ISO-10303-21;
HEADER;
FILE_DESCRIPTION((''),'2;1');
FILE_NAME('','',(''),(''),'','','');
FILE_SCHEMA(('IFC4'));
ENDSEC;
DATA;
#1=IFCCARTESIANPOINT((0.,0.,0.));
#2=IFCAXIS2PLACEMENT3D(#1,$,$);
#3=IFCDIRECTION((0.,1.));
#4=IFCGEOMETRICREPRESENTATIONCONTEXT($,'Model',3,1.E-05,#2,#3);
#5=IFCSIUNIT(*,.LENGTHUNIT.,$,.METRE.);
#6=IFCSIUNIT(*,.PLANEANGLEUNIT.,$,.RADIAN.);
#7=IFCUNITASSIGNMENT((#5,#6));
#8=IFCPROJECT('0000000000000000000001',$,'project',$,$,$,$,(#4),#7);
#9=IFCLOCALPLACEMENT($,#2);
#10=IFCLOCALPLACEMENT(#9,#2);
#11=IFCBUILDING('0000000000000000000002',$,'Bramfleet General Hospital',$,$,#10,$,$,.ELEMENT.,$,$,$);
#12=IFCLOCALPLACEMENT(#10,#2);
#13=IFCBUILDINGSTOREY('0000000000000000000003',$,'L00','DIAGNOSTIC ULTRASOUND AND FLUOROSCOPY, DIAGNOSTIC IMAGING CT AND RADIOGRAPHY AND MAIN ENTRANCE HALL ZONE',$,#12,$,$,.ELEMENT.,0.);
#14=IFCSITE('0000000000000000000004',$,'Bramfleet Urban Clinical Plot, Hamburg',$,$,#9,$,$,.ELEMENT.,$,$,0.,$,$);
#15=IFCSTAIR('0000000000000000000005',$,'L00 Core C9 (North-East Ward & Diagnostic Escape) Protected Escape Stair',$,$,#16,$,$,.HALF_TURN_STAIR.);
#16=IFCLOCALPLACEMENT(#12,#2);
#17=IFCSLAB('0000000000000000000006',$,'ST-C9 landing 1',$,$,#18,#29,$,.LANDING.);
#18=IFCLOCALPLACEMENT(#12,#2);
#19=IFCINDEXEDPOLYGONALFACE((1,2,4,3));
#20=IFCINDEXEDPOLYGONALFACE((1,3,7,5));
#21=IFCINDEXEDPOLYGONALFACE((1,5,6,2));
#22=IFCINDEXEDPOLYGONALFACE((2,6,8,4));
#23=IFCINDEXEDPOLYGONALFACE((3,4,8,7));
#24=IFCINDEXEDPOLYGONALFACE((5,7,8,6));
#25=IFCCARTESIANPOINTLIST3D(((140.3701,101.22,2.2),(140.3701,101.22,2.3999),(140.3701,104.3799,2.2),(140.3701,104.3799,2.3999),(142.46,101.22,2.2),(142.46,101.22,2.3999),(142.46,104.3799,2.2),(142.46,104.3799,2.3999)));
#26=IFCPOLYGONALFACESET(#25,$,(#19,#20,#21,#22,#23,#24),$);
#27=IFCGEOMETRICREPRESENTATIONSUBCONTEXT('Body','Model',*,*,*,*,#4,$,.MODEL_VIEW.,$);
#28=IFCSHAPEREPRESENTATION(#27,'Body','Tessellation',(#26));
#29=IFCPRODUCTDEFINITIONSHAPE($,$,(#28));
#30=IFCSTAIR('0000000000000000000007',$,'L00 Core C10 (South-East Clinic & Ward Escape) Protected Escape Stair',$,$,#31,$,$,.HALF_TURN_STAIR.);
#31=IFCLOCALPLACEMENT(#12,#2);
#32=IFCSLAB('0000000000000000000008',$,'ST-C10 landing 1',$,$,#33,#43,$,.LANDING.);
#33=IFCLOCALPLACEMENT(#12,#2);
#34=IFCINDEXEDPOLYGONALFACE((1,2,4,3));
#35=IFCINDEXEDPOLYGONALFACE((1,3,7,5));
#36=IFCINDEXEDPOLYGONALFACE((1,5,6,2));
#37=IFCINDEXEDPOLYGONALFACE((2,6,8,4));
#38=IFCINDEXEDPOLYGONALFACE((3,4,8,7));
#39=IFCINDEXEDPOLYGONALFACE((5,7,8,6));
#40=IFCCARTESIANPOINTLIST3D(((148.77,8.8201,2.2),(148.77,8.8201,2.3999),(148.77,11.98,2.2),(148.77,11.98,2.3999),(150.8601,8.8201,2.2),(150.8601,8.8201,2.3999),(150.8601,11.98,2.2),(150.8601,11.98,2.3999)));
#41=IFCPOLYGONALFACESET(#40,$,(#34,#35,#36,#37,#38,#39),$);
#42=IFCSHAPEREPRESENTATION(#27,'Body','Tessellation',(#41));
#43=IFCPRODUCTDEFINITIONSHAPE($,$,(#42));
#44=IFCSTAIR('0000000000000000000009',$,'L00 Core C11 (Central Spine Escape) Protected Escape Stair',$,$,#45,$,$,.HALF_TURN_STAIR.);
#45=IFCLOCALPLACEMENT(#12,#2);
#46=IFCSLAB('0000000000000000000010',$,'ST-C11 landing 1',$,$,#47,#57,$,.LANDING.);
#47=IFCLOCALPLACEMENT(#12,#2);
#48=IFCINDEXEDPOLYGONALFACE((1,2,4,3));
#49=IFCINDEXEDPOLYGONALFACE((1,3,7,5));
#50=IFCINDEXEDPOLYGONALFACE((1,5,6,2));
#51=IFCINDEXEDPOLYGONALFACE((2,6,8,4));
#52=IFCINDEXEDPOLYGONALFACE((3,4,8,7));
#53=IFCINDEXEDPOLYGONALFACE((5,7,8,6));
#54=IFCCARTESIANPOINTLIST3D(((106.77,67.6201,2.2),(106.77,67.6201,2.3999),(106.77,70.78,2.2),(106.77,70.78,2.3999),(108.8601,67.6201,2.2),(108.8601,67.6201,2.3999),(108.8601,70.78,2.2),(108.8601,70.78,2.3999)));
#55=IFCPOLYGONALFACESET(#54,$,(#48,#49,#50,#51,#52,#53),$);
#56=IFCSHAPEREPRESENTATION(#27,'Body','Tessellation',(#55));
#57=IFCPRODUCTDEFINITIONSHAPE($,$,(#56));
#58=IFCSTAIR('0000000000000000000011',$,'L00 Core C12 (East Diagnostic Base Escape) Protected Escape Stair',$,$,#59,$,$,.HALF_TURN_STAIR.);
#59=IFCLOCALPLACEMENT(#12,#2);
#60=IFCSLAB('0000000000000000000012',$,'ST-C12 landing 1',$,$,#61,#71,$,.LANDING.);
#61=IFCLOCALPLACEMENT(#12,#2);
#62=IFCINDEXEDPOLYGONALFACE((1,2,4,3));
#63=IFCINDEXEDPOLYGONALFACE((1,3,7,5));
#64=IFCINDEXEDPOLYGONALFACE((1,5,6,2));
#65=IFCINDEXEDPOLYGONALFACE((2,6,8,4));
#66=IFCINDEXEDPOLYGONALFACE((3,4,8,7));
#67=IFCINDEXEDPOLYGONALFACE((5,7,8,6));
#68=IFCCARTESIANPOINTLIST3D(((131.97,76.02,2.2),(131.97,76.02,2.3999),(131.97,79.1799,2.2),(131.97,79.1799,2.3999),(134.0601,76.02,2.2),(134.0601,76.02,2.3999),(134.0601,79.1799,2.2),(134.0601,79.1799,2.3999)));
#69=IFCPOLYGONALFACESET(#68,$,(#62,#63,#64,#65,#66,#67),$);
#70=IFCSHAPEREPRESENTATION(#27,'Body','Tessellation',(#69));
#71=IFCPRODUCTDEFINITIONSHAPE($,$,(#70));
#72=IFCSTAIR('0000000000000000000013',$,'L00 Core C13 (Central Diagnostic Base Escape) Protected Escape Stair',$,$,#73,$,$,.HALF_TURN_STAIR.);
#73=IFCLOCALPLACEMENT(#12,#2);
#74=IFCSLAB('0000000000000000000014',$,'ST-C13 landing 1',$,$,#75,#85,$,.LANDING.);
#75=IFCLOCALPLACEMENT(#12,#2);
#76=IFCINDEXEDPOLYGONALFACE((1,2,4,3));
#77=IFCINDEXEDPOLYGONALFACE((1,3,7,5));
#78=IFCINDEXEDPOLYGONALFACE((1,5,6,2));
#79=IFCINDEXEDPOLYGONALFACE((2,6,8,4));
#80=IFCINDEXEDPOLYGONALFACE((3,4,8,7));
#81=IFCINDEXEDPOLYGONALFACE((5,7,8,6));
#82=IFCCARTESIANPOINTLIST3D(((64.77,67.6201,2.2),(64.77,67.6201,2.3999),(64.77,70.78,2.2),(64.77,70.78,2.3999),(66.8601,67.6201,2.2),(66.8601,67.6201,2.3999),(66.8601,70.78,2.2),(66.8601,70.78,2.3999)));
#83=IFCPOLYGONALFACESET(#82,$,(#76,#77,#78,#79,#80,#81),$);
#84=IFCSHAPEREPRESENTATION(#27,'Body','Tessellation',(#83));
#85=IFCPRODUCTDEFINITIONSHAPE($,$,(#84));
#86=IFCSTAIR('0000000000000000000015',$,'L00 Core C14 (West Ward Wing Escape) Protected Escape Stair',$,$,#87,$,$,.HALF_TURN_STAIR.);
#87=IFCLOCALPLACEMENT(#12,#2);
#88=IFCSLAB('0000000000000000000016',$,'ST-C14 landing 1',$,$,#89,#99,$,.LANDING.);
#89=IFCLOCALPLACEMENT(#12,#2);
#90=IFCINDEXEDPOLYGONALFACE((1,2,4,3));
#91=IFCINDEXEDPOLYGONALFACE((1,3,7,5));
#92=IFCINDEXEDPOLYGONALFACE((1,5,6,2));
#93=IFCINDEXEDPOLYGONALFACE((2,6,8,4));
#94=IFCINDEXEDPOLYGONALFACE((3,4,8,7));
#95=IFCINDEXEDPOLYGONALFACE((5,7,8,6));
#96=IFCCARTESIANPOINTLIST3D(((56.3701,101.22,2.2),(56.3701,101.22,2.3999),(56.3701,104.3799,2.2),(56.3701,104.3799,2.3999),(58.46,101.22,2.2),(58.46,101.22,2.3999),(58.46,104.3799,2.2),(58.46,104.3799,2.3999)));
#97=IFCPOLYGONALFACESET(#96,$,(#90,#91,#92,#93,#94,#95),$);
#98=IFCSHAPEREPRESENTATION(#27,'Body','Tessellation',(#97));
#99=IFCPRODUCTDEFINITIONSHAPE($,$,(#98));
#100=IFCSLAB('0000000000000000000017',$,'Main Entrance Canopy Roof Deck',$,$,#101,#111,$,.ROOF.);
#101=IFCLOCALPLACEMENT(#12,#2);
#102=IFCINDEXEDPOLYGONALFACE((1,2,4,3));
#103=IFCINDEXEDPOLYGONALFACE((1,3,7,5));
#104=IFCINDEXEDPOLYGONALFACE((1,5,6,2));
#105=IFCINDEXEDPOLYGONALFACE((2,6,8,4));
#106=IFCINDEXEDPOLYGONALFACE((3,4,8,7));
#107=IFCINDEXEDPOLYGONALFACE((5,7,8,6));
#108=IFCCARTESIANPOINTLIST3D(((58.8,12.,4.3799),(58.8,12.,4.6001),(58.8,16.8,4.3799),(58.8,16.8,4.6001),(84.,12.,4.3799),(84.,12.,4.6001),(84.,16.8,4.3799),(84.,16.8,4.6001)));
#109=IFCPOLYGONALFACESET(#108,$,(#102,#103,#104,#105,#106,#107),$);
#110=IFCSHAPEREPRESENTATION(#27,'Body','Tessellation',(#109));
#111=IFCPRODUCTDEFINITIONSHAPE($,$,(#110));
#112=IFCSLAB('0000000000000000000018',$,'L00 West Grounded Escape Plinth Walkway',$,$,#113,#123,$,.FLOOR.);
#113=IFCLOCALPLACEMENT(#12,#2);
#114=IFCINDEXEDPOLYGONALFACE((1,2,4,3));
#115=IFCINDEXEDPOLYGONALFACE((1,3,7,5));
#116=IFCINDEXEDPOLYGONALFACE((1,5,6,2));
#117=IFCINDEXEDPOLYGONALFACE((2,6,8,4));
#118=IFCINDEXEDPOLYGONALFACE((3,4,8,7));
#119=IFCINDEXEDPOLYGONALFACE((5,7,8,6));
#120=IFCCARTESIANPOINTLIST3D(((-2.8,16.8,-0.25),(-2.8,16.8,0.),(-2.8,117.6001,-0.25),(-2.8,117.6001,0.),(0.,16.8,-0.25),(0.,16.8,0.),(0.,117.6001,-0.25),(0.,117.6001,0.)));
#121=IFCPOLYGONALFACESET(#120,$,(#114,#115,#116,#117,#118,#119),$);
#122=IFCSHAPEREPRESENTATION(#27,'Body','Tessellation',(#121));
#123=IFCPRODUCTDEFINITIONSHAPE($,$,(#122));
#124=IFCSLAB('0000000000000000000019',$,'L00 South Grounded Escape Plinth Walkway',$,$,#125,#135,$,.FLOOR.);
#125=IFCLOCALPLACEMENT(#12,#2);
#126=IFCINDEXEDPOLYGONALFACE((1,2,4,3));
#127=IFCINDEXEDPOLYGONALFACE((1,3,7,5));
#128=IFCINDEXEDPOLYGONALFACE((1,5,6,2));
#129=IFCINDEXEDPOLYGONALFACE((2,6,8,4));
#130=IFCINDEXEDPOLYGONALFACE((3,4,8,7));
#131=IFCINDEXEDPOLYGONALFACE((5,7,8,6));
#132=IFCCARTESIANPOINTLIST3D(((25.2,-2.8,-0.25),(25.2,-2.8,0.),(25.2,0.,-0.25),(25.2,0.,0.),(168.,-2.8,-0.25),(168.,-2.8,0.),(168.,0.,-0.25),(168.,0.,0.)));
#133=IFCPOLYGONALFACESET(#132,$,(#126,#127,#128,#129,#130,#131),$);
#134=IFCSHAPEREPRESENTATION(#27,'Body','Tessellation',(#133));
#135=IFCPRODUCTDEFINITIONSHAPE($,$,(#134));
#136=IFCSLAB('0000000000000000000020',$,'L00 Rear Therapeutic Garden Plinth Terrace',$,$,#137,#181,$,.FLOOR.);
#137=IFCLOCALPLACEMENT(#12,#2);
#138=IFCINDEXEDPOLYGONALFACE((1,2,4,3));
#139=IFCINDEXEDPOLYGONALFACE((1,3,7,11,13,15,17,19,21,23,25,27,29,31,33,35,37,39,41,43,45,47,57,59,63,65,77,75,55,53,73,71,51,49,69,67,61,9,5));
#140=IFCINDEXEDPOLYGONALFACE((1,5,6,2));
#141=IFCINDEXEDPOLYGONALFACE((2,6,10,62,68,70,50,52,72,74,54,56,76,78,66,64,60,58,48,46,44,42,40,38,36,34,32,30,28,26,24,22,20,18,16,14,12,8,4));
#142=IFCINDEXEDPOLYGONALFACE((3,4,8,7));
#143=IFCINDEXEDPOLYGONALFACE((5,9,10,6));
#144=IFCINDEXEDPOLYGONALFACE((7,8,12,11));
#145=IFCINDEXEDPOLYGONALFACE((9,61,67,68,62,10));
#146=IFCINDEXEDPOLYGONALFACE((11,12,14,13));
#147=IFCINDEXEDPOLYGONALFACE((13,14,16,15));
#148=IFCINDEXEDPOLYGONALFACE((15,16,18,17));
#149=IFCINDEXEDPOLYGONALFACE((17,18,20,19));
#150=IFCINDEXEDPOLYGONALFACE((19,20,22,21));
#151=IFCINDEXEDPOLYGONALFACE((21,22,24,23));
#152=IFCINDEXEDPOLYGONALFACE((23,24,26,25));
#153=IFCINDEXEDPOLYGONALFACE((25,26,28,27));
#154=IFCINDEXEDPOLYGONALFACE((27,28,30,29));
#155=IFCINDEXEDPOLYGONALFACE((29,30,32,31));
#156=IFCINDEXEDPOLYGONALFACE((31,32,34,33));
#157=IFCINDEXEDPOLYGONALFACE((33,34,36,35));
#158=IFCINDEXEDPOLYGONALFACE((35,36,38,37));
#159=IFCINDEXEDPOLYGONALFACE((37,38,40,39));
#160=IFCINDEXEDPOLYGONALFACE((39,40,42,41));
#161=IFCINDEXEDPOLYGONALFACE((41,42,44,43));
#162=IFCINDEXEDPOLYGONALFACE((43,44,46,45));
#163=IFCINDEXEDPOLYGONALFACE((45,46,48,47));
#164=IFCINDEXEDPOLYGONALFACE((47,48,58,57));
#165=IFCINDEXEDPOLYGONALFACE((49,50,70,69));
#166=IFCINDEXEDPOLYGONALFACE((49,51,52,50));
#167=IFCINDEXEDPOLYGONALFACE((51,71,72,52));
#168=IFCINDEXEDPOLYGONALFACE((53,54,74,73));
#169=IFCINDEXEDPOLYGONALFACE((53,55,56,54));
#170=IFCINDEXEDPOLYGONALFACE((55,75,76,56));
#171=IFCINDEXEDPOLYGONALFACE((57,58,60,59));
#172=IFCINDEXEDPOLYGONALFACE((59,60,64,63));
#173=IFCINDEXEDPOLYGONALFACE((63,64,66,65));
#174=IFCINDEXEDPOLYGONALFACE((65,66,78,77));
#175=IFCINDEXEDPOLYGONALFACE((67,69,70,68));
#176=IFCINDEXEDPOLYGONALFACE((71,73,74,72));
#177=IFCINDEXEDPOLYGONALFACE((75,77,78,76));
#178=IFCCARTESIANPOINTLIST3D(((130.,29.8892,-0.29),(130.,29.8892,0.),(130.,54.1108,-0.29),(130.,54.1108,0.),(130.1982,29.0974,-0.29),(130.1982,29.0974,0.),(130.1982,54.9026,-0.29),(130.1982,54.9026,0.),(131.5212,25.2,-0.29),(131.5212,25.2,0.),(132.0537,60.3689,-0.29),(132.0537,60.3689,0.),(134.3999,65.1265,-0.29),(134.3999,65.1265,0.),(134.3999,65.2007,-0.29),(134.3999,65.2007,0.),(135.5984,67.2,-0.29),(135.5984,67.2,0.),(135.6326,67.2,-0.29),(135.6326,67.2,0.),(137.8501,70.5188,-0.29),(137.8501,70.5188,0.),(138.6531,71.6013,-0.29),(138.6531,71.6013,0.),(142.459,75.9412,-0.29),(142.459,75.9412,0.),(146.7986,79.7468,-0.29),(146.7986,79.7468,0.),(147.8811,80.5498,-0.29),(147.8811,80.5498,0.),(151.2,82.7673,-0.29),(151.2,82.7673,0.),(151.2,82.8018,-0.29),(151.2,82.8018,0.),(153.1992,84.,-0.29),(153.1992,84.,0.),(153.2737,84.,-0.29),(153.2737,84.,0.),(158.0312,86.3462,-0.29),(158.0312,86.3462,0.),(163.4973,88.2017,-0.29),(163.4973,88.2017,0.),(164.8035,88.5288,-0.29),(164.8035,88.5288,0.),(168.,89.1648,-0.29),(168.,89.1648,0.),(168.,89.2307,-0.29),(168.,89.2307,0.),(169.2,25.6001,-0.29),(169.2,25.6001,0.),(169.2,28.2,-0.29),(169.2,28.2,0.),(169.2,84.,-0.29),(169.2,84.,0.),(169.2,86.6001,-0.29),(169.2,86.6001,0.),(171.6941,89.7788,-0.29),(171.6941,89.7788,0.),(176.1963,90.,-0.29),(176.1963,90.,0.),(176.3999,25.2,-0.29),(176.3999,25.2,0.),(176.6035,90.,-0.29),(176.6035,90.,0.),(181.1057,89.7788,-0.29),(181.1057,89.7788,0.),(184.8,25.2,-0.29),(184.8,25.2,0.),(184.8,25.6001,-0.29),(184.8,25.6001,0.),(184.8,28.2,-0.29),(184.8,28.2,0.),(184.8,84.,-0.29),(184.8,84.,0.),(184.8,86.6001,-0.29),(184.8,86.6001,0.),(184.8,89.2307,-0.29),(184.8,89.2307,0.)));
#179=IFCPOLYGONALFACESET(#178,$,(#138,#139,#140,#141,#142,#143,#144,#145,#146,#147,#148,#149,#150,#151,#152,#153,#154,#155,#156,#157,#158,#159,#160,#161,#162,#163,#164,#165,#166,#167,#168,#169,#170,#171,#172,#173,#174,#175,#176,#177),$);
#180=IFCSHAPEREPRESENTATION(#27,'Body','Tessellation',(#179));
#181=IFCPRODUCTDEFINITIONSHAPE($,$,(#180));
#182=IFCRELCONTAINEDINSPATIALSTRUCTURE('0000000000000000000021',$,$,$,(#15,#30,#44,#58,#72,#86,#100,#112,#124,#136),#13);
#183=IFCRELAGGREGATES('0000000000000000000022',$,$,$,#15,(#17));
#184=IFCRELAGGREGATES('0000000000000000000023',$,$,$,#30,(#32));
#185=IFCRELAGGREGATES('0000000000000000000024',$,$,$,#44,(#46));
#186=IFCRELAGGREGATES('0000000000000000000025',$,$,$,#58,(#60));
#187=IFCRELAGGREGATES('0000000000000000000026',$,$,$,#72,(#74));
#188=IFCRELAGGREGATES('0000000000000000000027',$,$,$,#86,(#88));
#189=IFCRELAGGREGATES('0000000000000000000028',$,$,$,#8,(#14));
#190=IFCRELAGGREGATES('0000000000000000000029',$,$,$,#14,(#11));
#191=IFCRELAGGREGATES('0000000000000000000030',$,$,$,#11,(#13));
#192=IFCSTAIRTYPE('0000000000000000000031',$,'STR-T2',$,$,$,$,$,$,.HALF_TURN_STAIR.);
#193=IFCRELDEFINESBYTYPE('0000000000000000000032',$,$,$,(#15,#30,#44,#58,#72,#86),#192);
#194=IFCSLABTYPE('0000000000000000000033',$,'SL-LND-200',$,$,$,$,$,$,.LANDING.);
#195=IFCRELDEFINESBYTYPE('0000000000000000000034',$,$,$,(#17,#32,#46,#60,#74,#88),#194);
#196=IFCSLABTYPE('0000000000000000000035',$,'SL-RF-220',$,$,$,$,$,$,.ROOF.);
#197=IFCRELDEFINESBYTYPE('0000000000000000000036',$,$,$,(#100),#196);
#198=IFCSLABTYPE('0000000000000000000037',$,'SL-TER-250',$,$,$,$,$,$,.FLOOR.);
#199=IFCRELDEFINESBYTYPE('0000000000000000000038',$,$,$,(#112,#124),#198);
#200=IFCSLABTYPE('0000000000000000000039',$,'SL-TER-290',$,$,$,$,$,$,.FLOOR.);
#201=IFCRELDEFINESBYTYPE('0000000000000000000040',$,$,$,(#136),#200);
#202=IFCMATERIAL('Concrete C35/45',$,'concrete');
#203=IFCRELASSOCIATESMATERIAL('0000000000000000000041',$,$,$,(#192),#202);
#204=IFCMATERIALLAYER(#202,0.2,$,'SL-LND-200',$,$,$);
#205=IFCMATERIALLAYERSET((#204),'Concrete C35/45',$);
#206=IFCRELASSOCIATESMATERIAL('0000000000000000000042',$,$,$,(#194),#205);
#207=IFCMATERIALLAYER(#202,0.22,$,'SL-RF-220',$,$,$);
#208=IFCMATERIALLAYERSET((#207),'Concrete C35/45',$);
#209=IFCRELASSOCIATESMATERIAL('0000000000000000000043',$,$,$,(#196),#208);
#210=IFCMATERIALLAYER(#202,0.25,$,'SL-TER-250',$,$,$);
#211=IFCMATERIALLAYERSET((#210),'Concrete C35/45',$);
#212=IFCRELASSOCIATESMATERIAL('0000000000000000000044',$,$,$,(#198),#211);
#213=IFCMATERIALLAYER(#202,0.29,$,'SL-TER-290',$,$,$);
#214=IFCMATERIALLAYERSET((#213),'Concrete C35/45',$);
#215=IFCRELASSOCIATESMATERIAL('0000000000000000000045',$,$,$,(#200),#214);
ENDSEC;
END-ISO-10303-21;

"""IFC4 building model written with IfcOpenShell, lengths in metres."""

from ifc_helpers import new_model, si_unit, direction, frame, origin, place, context, subcontext, project, spatial, polyline, outline, extrude, material, layer, layer_set, type_object, element, aggregate, save


model = new_model("IFC4")

# Units and contexts
model_context = context("Model", 3, precision=1e-05, world=origin(), true_north=direction((0.0, 1.0)))
body_context = subcontext(model_context, "Body", "Model", "MODEL_VIEW")
ifc_project = project(units=[si_unit("LENGTHUNIT", "METRE"), si_unit("PLANEANGLEUNIT", "RADIAN")], contexts=[model_context])

# Site, building, storey
site_placement = place(None, origin())
site = spatial("IfcSite", under=ifc_project, at=site_placement, Name="Bramfleet Urban Clinical Plot, Hamburg", CompositionType="ELEMENT", RefElevation=0.0)
building_placement = place(site_placement, origin())
building = spatial("IfcBuilding", under=site, at=building_placement, Name="Bramfleet General Hospital", CompositionType="ELEMENT")
storey_placement = place(building_placement, origin())
storey = spatial("IfcBuildingStorey", under=building, at=storey_placement, Name="L00", Description="DIAGNOSTIC ULTRASOUND AND FLUOROSCOPY, DIAGNOSTIC IMAGING CT AND RADIOGRAPHY AND MAIN ENTRANCE HALL ZONE", CompositionType="ELEMENT", Elevation=0.0)

# Shared definitions
ifc_material_1 = material(Name="Concrete C35/45", Category="concrete")

# Stairs, slabs
stair_type = type_object("IfcStairType", Name="STR-T2", PredefinedType="HALF_TURN_STAIR", material=ifc_material_1)
ifc_layer_1 = layer(ifc_material_1, 0.2, Name="SL-LND-200")
ifc_layer_set_1 = layer_set([ifc_layer_1], Name="Concrete C35/45")
slab_type_1 = type_object("IfcSlabType", Name="SL-LND-200", PredefinedType="LANDING", material=ifc_layer_set_1)
stair_1_placement = place(storey_placement, origin())
stair_1 = element("IfcStair", 1, at=stair_1_placement, inside=storey, type_object=stair_type, Name="L00 Core C9 (North-East Ward & Diagnostic Escape) Protected Escape Stair", PredefinedType="HALF_TURN_STAIR")
slab_1_placement = place(storey_placement, frame((0.0, 0.0, 2.2)))
slab_1 = element("IfcSlab", 2, at=slab_1_placement, type_object=slab_type_1, Name="ST-C9 landing 1", PredefinedType="LANDING", context=body_context, shape_type="SweptSolid", body=[
    extrude(outline(polyline([(140.3701, 101.22), (142.46, 101.22), (142.46, 104.3799), (140.3701, 104.3799), (140.3701, 101.22)])), origin(), (0.0, 0.0, 1.0), 0.2),
])
aggregate(stair_1, [slab_1])
stair_2_placement = place(storey_placement, origin())
stair_2 = element("IfcStair", 3, at=stair_2_placement, inside=storey, type_object=stair_type, Name="L00 Core C10 (South-East Clinic & Ward Escape) Protected Escape Stair", PredefinedType="HALF_TURN_STAIR")
slab_2_placement = place(storey_placement, frame((0.0, 0.0, 2.2)))
slab_2 = element("IfcSlab", 4, at=slab_2_placement, type_object=slab_type_1, Name="ST-C10 landing 1", PredefinedType="LANDING", context=body_context, shape_type="SweptSolid", body=[
    extrude(outline(polyline([(148.77, 8.8201), (150.8601, 8.8201), (150.8601, 11.98), (148.77, 11.98), (148.77, 8.8201)])), origin(), (0.0, 0.0, 1.0), 0.2),
])
aggregate(stair_2, [slab_2])
stair_3_placement = place(storey_placement, origin())
stair_3 = element("IfcStair", 5, at=stair_3_placement, inside=storey, type_object=stair_type, Name="L00 Core C11 (Central Spine Escape) Protected Escape Stair", PredefinedType="HALF_TURN_STAIR")
slab_3_placement = place(storey_placement, frame((0.0, 0.0, 2.2)))
slab_3 = element("IfcSlab", 6, at=slab_3_placement, type_object=slab_type_1, Name="ST-C11 landing 1", PredefinedType="LANDING", context=body_context, shape_type="SweptSolid", body=[
    extrude(outline(polyline([(106.77, 67.6201), (108.8601, 67.6201), (108.8601, 70.78), (106.77, 70.78), (106.77, 67.6201)])), origin(), (0.0, 0.0, 1.0), 0.2),
])
aggregate(stair_3, [slab_3])
stair_4_placement = place(storey_placement, origin())
stair_4 = element("IfcStair", 7, at=stair_4_placement, inside=storey, type_object=stair_type, Name="L00 Core C12 (East Diagnostic Base Escape) Protected Escape Stair", PredefinedType="HALF_TURN_STAIR")
slab_4_placement = place(storey_placement, frame((0.0, 0.0, 2.2)))
slab_4 = element("IfcSlab", 8, at=slab_4_placement, type_object=slab_type_1, Name="ST-C12 landing 1", PredefinedType="LANDING", context=body_context, shape_type="SweptSolid", body=[
    extrude(outline(polyline([(131.97, 76.02), (134.0601, 76.02), (134.0601, 79.1799), (131.97, 79.1799), (131.97, 76.02)])), origin(), (0.0, 0.0, 1.0), 0.2),
])
aggregate(stair_4, [slab_4])
stair_5_placement = place(storey_placement, origin())
stair_5 = element("IfcStair", 9, at=stair_5_placement, inside=storey, type_object=stair_type, Name="L00 Core C13 (Central Diagnostic Base Escape) Protected Escape Stair", PredefinedType="HALF_TURN_STAIR")
slab_5_placement = place(storey_placement, frame((0.0, 0.0, 2.2)))
slab_5 = element("IfcSlab", 10, at=slab_5_placement, type_object=slab_type_1, Name="ST-C13 landing 1", PredefinedType="LANDING", context=body_context, shape_type="SweptSolid", body=[
    extrude(outline(polyline([(64.77, 67.6201), (66.8601, 67.6201), (66.8601, 70.78), (64.77, 70.78), (64.77, 67.6201)])), origin(), (0.0, 0.0, 1.0), 0.2),
])
aggregate(stair_5, [slab_5])
stair_6_placement = place(storey_placement, origin())
stair_6 = element("IfcStair", 11, at=stair_6_placement, inside=storey, type_object=stair_type, Name="L00 Core C14 (West Ward Wing Escape) Protected Escape Stair", PredefinedType="HALF_TURN_STAIR")
slab_6_placement = place(storey_placement, frame((0.0, 0.0, 2.2)))
slab_6 = element("IfcSlab", 12, at=slab_6_placement, type_object=slab_type_1, Name="ST-C14 landing 1", PredefinedType="LANDING", context=body_context, shape_type="SweptSolid", body=[
    extrude(outline(polyline([(56.3701, 101.22), (58.46, 101.22), (58.46, 104.3799), (56.3701, 104.3799), (56.3701, 101.22)])), origin(), (0.0, 0.0, 1.0), 0.2),
])
aggregate(stair_6, [slab_6])

# Slabs
ifc_layer_2 = layer(ifc_material_1, 0.22, Name="SL-RF-220")
ifc_layer_set_2 = layer_set([ifc_layer_2], Name="Concrete C35/45")
slab_type_2 = type_object("IfcSlabType", Name="SL-RF-220", PredefinedType="ROOF", material=ifc_layer_set_2)
slab_7_placement = place(storey_placement, frame((0.0, 0.0, 4.3799)))
element("IfcSlab", 13, at=slab_7_placement, inside=storey, type_object=slab_type_2, Name="Main Entrance Canopy Roof Deck", PredefinedType="ROOF", context=body_context, shape_type="SweptSolid", body=[
    extrude(outline(polyline([(58.8, 12.0), (84.0, 12.0), (84.0, 16.8), (58.8, 16.8), (58.8, 12.0)])), origin(), (0.0, 0.0, 1.0), 0.2202),
])
ifc_layer_3 = layer(ifc_material_1, 0.25, Name="SL-TER-250")
ifc_layer_set_3 = layer_set([ifc_layer_3], Name="Concrete C35/45")
slab_type_3 = type_object("IfcSlabType", Name="SL-TER-250", PredefinedType="FLOOR", material=ifc_layer_set_3)
slab_8_placement = place(storey_placement, frame((0.0, 0.0, -0.25)))
element("IfcSlab", 14, at=slab_8_placement, inside=storey, type_object=slab_type_3, Name="L00 West Grounded Escape Plinth Walkway", PredefinedType="FLOOR", context=body_context, shape_type="SweptSolid", body=[
    extrude(outline(polyline([(-2.8, 16.8), (0.0, 16.8), (0.0, 117.6001), (-2.8, 117.6001), (-2.8, 16.8)])), origin(), (0.0, 0.0, 1.0), 0.25),
])
slab_9_placement = place(storey_placement, frame((0.0, 0.0, -0.25)))
element("IfcSlab", 15, at=slab_9_placement, inside=storey, type_object=slab_type_3, Name="L00 South Grounded Escape Plinth Walkway", PredefinedType="FLOOR", context=body_context, shape_type="SweptSolid", body=[
    extrude(outline(polyline([(25.2, -2.8), (168.0, -2.8), (168.0, 0.0), (25.2, 0.0), (25.2, -2.8)])), origin(), (0.0, 0.0, 1.0), 0.25),
])
ifc_layer_4 = layer(ifc_material_1, 0.29, Name="SL-TER-290")
ifc_layer_set_4 = layer_set([ifc_layer_4], Name="Concrete C35/45")
slab_type_4 = type_object("IfcSlabType", Name="SL-TER-290", PredefinedType="FLOOR", material=ifc_layer_set_4)
slab_10_placement = place(storey_placement, frame((0.0, 0.0, -0.29)))
element("IfcSlab", 16, at=slab_10_placement, inside=storey, type_object=slab_type_4, Name="L00 Rear Therapeutic Garden Plinth Terrace", PredefinedType="FLOOR", context=body_context, shape_type="SweptSolid", body=[
    extrude(outline(polyline([(130.1982, 29.0974), (130.0, 29.8892), (130.0, 54.1108), (130.1982, 54.9026), (132.0537, 60.3689), (134.3999, 65.1265), (134.3999, 65.2007), (135.5984, 67.2), (135.6326, 67.2), (137.8501, 70.5188), (138.6531, 71.6013), (142.459, 75.9412), (146.7986, 79.7468), (147.8811, 80.5498), (151.2, 82.7673), (151.2, 82.8018), (153.1992, 84.0), (153.2737, 84.0), (158.0312, 86.3462), (163.4973, 88.2017), (164.8035, 88.5288), (168.0, 89.1648), (168.0, 89.2307), (171.6941, 89.7788), (176.1963, 90.0), (176.6035, 90.0), (181.1057, 89.7788), (184.8, 89.2307), (184.8, 86.6001), (169.2, 86.6001), (169.2, 84.0), (184.8, 84.0), (184.8, 28.2), (169.2, 28.2), (169.2, 25.6001), (184.8, 25.6001), (184.8, 25.2), (176.3999, 25.2), (131.5212, 25.2), (130.1982, 29.0974)])), origin(), (0.0, 0.0, 1.0), 0.29),
])

save(model, "model.ifc")
